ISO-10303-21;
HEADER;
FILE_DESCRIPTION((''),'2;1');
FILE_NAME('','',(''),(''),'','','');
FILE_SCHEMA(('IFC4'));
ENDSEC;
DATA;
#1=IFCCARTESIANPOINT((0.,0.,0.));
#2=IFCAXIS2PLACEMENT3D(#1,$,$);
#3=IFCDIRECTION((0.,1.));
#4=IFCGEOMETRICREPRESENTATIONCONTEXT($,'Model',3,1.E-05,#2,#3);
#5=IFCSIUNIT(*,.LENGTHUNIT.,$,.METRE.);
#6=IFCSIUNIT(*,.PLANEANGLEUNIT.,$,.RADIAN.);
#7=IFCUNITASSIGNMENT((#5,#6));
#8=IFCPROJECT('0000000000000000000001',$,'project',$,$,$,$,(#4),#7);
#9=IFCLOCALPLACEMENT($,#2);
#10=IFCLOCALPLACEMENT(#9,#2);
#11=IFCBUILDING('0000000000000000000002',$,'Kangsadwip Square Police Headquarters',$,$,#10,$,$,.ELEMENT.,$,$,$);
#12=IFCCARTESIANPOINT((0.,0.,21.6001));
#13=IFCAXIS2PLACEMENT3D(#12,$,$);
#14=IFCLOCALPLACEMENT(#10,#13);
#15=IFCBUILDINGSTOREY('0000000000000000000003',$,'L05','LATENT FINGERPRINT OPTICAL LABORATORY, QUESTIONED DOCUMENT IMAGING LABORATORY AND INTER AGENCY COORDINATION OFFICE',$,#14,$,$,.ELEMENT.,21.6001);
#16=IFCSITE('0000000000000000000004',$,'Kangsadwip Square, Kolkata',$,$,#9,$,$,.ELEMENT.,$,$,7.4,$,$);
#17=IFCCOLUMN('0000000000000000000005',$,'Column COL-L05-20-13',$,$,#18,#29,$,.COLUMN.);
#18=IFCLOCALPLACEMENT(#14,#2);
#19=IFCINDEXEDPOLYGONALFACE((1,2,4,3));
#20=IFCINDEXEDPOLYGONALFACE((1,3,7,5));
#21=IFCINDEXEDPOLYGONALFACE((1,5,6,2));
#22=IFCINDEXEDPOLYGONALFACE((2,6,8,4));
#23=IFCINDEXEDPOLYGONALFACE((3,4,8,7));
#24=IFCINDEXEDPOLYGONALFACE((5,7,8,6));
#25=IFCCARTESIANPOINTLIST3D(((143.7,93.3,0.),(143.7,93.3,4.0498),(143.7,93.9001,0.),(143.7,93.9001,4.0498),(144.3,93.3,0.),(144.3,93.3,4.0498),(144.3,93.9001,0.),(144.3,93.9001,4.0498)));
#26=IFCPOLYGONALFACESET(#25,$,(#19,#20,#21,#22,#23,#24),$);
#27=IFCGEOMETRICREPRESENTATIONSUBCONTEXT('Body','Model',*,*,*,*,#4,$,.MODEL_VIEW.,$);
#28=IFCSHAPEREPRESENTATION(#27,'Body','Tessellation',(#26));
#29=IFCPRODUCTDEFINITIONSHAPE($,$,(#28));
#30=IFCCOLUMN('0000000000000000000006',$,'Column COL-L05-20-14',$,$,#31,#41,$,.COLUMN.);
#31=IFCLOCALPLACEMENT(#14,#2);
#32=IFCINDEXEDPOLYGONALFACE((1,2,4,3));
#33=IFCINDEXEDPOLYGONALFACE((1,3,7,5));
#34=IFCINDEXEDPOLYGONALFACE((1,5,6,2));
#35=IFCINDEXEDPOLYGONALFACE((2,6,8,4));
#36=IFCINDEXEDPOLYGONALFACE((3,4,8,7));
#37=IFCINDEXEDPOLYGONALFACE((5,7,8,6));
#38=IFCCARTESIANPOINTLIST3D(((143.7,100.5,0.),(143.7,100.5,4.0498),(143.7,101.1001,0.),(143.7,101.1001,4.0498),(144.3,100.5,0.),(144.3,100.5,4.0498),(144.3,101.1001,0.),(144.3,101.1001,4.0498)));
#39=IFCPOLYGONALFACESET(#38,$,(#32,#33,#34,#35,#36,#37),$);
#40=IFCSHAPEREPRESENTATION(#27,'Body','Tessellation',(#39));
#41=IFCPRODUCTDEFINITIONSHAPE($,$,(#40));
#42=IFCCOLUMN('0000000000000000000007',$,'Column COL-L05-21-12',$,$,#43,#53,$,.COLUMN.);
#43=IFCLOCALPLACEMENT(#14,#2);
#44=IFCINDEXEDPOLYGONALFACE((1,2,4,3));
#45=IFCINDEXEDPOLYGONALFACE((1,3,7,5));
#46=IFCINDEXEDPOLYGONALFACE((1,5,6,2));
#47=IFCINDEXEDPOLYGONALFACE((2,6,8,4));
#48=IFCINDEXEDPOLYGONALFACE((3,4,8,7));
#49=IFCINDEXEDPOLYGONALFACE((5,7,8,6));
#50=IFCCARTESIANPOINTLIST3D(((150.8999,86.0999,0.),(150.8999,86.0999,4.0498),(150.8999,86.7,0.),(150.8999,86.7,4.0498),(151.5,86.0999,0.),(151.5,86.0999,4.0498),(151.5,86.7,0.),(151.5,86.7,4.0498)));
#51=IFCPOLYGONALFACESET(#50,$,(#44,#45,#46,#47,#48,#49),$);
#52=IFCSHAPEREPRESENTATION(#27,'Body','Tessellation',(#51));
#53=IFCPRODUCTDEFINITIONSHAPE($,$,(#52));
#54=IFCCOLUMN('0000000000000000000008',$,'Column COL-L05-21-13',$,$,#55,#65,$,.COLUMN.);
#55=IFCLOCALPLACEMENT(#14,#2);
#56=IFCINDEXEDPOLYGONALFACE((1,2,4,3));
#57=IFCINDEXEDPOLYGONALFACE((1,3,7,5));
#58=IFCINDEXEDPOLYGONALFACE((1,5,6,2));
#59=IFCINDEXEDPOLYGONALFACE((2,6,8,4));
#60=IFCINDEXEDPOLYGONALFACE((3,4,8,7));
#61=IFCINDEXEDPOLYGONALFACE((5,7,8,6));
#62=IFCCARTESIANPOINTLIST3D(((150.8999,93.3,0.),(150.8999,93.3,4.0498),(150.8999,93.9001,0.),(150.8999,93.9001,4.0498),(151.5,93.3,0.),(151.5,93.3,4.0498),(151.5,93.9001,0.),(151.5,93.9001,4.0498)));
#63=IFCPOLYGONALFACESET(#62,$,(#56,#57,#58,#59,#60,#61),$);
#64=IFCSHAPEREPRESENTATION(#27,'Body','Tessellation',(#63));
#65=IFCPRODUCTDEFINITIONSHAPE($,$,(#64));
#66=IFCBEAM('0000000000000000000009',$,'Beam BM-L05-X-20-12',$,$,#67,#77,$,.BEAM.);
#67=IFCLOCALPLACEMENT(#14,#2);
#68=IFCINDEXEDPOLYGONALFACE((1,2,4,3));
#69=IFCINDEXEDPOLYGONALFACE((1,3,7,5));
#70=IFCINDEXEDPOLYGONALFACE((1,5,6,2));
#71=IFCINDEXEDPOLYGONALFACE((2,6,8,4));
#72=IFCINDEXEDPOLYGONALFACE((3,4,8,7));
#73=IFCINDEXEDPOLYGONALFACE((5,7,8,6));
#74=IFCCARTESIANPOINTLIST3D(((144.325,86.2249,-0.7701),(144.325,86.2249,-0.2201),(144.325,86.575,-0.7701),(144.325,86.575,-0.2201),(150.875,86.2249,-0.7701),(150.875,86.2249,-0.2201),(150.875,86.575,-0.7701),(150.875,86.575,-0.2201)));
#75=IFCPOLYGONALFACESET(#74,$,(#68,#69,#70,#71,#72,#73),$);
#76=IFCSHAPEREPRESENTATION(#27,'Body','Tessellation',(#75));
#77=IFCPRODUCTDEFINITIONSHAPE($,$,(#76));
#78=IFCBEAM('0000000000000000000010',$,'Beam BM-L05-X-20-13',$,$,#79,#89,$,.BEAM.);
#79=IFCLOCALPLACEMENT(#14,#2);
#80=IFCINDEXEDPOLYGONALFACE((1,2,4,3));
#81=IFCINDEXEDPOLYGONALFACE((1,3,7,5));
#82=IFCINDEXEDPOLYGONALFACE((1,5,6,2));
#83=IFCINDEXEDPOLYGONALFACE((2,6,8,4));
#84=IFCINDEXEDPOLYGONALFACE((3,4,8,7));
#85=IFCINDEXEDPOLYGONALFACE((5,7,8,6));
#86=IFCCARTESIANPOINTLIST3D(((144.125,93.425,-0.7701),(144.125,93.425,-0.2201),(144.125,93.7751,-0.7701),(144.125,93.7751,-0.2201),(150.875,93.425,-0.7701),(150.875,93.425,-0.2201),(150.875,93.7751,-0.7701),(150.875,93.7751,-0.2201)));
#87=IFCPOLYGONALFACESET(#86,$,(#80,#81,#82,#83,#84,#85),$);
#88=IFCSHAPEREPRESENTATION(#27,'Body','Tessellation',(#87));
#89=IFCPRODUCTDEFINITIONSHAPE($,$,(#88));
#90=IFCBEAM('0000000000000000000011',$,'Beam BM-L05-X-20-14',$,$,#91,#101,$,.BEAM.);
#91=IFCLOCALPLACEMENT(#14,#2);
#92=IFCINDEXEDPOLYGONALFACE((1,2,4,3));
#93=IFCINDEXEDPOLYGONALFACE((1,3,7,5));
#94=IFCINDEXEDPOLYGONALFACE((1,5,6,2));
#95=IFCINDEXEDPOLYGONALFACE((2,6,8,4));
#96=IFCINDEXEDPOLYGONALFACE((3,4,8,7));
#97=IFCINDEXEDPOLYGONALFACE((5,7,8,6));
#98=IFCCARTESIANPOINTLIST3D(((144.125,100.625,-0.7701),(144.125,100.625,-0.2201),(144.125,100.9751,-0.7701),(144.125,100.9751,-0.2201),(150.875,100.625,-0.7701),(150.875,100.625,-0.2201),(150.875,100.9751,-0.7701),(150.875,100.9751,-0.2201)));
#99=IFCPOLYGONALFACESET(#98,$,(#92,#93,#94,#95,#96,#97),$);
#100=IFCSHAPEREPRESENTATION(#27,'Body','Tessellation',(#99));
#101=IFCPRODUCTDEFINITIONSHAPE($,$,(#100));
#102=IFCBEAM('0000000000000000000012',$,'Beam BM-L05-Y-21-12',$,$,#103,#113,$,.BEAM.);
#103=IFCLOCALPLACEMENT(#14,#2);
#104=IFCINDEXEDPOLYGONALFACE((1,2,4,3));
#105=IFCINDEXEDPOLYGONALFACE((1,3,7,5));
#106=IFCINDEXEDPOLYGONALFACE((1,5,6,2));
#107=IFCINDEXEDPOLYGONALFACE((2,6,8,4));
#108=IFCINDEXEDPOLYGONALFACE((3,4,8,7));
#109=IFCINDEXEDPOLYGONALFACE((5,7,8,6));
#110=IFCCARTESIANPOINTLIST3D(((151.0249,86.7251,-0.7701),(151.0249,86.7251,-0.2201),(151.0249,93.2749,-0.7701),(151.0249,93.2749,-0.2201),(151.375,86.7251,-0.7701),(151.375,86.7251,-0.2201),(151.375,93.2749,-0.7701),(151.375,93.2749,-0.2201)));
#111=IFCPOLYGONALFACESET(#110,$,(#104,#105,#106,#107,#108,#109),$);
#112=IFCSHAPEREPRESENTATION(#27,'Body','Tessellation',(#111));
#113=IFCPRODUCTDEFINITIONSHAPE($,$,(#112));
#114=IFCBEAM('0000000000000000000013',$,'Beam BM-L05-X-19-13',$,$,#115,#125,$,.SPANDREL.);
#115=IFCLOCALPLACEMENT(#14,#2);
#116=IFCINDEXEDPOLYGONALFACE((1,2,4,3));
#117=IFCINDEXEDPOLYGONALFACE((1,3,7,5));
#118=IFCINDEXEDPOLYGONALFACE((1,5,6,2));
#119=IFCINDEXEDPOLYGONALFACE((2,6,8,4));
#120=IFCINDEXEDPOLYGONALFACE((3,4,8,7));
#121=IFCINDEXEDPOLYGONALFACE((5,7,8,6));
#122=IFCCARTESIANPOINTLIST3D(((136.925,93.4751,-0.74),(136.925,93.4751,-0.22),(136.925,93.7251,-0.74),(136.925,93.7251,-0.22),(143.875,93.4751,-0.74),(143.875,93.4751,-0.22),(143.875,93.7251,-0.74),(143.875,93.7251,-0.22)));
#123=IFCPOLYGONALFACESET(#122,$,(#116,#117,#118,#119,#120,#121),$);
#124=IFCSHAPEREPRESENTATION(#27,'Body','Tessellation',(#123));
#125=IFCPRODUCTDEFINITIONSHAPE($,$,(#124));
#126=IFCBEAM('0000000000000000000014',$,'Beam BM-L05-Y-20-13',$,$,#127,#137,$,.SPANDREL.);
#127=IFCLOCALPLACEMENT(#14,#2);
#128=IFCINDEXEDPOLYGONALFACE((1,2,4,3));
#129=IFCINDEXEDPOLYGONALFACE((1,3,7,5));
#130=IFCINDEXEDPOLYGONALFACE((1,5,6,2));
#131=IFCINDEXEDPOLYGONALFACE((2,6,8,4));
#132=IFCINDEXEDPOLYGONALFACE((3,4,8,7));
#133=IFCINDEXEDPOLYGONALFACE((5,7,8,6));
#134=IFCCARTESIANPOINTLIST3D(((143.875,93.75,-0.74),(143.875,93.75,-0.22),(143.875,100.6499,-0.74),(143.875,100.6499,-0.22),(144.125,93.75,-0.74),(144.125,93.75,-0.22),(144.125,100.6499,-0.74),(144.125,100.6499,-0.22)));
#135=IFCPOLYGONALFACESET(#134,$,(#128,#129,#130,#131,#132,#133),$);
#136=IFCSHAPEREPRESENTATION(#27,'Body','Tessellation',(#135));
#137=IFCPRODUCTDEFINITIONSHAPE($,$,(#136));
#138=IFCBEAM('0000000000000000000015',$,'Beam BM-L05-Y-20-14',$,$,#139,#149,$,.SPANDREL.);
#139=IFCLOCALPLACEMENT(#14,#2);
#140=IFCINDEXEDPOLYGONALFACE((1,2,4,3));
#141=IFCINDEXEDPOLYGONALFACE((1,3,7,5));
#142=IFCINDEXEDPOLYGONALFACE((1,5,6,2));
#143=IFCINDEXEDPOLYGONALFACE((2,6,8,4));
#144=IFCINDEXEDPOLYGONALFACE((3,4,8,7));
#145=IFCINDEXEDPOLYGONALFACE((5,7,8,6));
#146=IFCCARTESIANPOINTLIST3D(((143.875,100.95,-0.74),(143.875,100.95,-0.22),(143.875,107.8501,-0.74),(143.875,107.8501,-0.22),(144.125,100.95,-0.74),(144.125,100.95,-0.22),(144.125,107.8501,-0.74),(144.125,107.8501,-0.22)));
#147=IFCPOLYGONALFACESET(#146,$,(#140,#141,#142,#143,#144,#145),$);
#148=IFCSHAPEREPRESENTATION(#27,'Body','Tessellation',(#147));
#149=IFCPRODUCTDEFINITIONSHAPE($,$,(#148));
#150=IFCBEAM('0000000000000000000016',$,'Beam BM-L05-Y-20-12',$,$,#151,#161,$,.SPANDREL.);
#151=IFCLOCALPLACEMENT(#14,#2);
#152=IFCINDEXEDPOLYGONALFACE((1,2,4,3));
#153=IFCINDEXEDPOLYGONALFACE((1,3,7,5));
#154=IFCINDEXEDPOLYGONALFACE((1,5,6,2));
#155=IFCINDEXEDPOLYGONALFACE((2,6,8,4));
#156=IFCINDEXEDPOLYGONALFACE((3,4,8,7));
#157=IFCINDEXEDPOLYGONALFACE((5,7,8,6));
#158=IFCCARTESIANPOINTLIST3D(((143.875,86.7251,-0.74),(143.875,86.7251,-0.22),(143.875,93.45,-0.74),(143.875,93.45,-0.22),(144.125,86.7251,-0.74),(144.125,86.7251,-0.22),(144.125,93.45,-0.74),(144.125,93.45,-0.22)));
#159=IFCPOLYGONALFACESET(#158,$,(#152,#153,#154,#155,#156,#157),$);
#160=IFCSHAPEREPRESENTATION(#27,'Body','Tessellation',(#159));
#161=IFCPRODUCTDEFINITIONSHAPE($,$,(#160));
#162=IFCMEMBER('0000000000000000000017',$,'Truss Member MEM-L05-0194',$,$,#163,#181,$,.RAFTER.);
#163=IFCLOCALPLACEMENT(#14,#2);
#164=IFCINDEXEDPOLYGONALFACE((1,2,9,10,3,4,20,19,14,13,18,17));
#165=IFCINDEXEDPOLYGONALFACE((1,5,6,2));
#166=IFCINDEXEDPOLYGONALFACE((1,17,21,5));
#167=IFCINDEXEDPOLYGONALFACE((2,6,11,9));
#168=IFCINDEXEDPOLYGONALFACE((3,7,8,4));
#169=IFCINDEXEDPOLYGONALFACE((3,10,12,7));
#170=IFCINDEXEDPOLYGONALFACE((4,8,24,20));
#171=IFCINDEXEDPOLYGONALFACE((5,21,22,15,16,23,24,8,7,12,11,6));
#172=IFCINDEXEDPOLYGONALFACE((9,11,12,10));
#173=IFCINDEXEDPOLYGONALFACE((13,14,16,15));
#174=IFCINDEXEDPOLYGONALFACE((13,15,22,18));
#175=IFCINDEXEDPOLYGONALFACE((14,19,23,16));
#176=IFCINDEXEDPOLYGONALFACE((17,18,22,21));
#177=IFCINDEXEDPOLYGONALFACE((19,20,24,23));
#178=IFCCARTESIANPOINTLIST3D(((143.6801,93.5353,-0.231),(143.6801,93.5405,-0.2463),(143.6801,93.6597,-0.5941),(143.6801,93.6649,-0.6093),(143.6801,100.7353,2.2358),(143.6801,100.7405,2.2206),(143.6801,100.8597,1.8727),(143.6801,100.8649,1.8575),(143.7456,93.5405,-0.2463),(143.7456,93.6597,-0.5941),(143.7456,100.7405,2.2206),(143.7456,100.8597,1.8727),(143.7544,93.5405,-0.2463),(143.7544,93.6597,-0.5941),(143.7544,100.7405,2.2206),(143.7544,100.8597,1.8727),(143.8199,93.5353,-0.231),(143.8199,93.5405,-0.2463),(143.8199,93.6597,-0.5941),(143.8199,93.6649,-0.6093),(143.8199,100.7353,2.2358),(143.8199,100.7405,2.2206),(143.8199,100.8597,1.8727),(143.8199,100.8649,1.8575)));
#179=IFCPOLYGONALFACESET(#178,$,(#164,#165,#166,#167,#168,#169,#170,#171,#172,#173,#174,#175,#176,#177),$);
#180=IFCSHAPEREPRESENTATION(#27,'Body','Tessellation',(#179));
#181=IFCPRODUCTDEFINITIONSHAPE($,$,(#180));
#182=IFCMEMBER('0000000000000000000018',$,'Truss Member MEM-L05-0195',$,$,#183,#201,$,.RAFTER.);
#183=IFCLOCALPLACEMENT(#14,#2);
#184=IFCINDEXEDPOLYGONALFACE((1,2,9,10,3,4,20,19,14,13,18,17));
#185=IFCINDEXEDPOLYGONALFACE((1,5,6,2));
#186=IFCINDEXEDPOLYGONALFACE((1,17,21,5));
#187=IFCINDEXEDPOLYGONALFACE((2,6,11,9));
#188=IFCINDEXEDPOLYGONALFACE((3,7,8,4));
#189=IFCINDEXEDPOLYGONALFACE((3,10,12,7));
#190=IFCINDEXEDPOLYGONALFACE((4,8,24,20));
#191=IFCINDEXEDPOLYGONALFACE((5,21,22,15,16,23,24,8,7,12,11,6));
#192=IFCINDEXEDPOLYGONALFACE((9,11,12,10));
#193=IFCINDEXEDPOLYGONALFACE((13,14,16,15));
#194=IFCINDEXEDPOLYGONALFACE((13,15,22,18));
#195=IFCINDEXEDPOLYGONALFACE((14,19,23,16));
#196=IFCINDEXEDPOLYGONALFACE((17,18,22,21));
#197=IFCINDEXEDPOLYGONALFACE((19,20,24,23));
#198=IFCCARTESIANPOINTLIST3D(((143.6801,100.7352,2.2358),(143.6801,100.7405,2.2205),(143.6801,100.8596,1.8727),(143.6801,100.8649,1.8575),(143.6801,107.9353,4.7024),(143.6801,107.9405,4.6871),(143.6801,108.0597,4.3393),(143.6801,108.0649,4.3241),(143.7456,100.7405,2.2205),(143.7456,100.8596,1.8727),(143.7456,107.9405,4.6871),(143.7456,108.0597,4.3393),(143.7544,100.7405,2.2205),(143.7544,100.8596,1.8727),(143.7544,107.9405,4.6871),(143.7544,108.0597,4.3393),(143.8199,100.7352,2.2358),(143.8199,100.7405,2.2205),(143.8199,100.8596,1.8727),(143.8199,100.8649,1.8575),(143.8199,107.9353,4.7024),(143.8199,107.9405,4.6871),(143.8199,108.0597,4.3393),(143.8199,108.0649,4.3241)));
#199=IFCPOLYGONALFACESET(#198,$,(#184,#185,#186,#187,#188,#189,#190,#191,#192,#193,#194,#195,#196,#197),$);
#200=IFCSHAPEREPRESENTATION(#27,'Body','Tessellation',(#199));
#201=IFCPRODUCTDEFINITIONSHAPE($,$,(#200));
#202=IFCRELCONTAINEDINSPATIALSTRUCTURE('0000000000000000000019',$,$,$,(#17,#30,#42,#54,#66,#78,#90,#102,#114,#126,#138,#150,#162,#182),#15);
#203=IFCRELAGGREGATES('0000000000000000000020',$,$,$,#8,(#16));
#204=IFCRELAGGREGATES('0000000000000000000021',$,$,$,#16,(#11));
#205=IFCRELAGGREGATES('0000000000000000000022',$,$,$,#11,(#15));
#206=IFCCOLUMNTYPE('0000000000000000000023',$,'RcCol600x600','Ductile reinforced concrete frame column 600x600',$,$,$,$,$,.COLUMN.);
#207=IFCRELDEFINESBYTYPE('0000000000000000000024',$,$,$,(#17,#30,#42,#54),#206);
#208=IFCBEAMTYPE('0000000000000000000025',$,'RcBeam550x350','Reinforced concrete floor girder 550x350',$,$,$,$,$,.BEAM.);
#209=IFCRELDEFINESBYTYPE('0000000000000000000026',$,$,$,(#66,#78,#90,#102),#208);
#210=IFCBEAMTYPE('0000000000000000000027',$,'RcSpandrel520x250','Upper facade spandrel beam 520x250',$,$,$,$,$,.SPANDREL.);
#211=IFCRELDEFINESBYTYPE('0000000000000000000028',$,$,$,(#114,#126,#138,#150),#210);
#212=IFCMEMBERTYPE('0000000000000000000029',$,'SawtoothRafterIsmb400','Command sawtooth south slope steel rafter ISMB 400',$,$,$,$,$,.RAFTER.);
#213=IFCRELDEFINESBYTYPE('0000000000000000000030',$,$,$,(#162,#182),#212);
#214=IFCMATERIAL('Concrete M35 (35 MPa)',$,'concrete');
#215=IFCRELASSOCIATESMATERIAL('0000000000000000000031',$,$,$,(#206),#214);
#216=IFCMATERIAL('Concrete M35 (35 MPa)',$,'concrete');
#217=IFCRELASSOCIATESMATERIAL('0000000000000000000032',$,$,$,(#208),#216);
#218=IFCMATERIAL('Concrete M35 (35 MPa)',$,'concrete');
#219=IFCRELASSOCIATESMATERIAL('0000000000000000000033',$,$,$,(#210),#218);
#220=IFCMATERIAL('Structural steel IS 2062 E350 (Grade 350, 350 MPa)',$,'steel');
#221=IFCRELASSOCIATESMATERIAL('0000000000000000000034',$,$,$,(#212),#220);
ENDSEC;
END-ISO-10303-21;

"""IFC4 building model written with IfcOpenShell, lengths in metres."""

from ifc_helpers import new_model, si_unit, direction, frame, origin, origin_2d, place, context, subcontext, project, spatial, rectangle, i_section, extrude, material, material_profile, profile_set, type_object, element, save


model = new_model("IFC4")

# Units and contexts
model_context = context("Model", 3, precision=1e-05, world=origin(), true_north=direction((0.0, 1.0)))
body_context = subcontext(model_context, "Body", "Model", "MODEL_VIEW")
ifc_project = project(units=[si_unit("LENGTHUNIT", "METRE"), si_unit("PLANEANGLEUNIT", "RADIAN")], contexts=[model_context])

# Site, building, storey
site_placement = place(None, origin())
site = spatial("IfcSite", under=ifc_project, at=site_placement, Name="Kangsadwip Square, Kolkata", CompositionType="ELEMENT", RefElevation=7.4)
building_placement = place(site_placement, origin())
building = spatial("IfcBuilding", under=site, at=building_placement, Name="Kangsadwip Square Police Headquarters", CompositionType="ELEMENT")
storey_placement = place(building_placement, frame((0.0, 0.0, 21.6001)))
storey = spatial("IfcBuildingStorey", under=building, at=storey_placement, Name="L05", Description="LATENT FINGERPRINT OPTICAL LABORATORY, QUESTIONED DOCUMENT IMAGING LABORATORY AND INTER AGENCY COORDINATION OFFICE", CompositionType="ELEMENT", Elevation=21.6001)

# Columns
ifc_material_1 = material(Name="Concrete M35 (35 MPa)", Category="concrete")
ifc_material_profile_1 = material_profile(ifc_material_1, rectangle(XDim=0.6001, YDim=0.6001, at=origin_2d()), Name="RC COL 600X600")
ifc_profile_set_1 = profile_set([ifc_material_profile_1], Name="Concrete M35 (35 MPa)")
column_type = type_object("IfcColumnType", Name="RcCol600x600", Description="Ductile reinforced concrete frame column 600x600", PredefinedType="COLUMN", material=ifc_profile_set_1)
for number, where, z_axis, x_axis, name in (
    (1, (144.0, 93.6001, 0.0), (0.0, 0.0, 1.0), (1.0, 0.0, 0.0), "Column COL-L05-20-13"),
    (2, (144.0, 100.8, 0.0), (0.0, 0.0, 1.0), (1.0, 0.0, 0.0), "Column COL-L05-20-14"),
    (3, (151.2, 86.3999, 0.0), (0.0, 0.0, 1.0), (1.0, 0.0, 0.0), "Column COL-L05-21-12"),
    (4, (151.2, 93.6001, 0.0), (0.0, 0.0, 1.0), (1.0, 0.0, 0.0), "Column COL-L05-21-13"),
):
    element("IfcColumn", number, at=place(storey_placement, frame(where, z_axis=z_axis, x_axis=x_axis)), inside=storey, type_object=column_type, Name=name, PredefinedType="COLUMN", context=body_context, shape_type="SweptSolid", body=[
        extrude(rectangle(XDim=0.6001, YDim=0.6001, at=origin_2d()), origin(), (0.0, 0.0, 1.0), 4.0498),
    ])

# Beams
ifc_material_2 = material(Name="Concrete M35 (35 MPa)", Category="concrete")
ifc_material_profile_2 = material_profile(ifc_material_2, rectangle(XDim=0.3501, YDim=0.55, at=origin_2d()), Name="RC BM 550X350")
ifc_profile_set_2 = profile_set([ifc_material_profile_2], Name="Concrete M35 (35 MPa)")
beam_type_1 = type_object("IfcBeamType", Name="RcBeam550x350", Description="Reinforced concrete floor girder 550x350", PredefinedType="BEAM", material=ifc_profile_set_2)
beam_1_placement = place(storey_placement, frame((144.325, 86.3999, -0.4951), z_axis=(1.0, 0.0, 0.0), x_axis=(0.0, 1.0, 0.0)))
element("IfcBeam", 5, at=beam_1_placement, inside=storey, type_object=beam_type_1, Name="Beam BM-L05-X-20-12", PredefinedType="BEAM", context=body_context, shape_type="SweptSolid", body=[
    extrude(rectangle(XDim=0.3501, YDim=0.55, at=origin_2d()), origin(), (0.0, 0.0, 1.0), 6.55),
])
for number, where, z_axis, x_axis, name in (
    (6, (144.125, 93.6001, -0.4951), (1.0, 0.0, 0.0), (0.0, 1.0, 0.0), "Beam BM-L05-X-20-13"),
    (7, (144.125, 100.8, -0.4951), (1.0, 0.0, 0.0), (0.0, 1.0, 0.0), "Beam BM-L05-X-20-14"),
):
    element("IfcBeam", number, at=place(storey_placement, frame(where, z_axis=z_axis, x_axis=x_axis)), inside=storey, type_object=beam_type_1, Name=name, PredefinedType="BEAM", context=body_context, shape_type="SweptSolid", body=[
        extrude(rectangle(XDim=0.3501, YDim=0.55, at=origin_2d()), origin(), (0.0, 0.0, 1.0), 6.75),
    ])
beam_2_placement = place(storey_placement, frame((151.2, 86.7251, -0.4951), z_axis=(0.0, 1.0, 0.0), x_axis=(-1.0, 0.0, 0.0)))
element("IfcBeam", 8, at=beam_2_placement, inside=storey, type_object=beam_type_1, Name="Beam BM-L05-Y-21-12", PredefinedType="BEAM", context=body_context, shape_type="SweptSolid", body=[
    extrude(rectangle(XDim=0.3501, YDim=0.55, at=origin_2d()), origin(), (0.0, 0.0, 1.0), 6.5498),
])
ifc_material_3 = material(Name="Concrete M35 (35 MPa)", Category="concrete")
ifc_material_profile_3 = material_profile(ifc_material_3, rectangle(XDim=0.25, YDim=0.52, at=origin_2d()), Name="RC SPN 520X250")
ifc_profile_set_3 = profile_set([ifc_material_profile_3], Name="Concrete M35 (35 MPa)")
beam_type_2 = type_object("IfcBeamType", Name="RcSpandrel520x250", Description="Upper facade spandrel beam 520x250", PredefinedType="SPANDREL", material=ifc_profile_set_3)
beam_3_placement = place(storey_placement, frame((136.925, 93.6001, -0.48), z_axis=(1.0, 0.0, 0.0), x_axis=(0.0, 1.0, 0.0)))
element("IfcBeam", 9, at=beam_3_placement, inside=storey, type_object=beam_type_2, Name="Beam BM-L05-X-19-13", PredefinedType="SPANDREL", context=body_context, shape_type="SweptSolid", body=[
    extrude(rectangle(XDim=0.25, YDim=0.52, at=origin_2d()), origin(), (0.0, 0.0, 1.0), 6.95),
])
beam_4_placement = place(storey_placement, frame((144.0, 93.75, -0.48), z_axis=(0.0, 1.0, 0.0), x_axis=(-1.0, 0.0, 0.0)))
element("IfcBeam", 10, at=beam_4_placement, inside=storey, type_object=beam_type_2, Name="Beam BM-L05-Y-20-13", PredefinedType="SPANDREL", context=body_context, shape_type="SweptSolid", body=[
    extrude(rectangle(XDim=0.25, YDim=0.52, at=origin_2d()), origin(), (0.0, 0.0, 1.0), 6.8999),
])
beam_5_placement = place(storey_placement, frame((144.0, 100.95, -0.48), z_axis=(0.0, 1.0, 0.0), x_axis=(-1.0, 0.0, 0.0)))
element("IfcBeam", 11, at=beam_5_placement, inside=storey, type_object=beam_type_2, Name="Beam BM-L05-Y-20-14", PredefinedType="SPANDREL", context=body_context, shape_type="SweptSolid", body=[
    extrude(rectangle(XDim=0.25, YDim=0.52, at=origin_2d()), origin(), (0.0, 0.0, 1.0), 6.9001),
])
beam_6_placement = place(storey_placement, frame((144.0, 86.7251, -0.48), z_axis=(0.0, 1.0, 0.0), x_axis=(-1.0, 0.0, 0.0)))
element("IfcBeam", 12, at=beam_6_placement, inside=storey, type_object=beam_type_2, Name="Beam BM-L05-Y-20-12", PredefinedType="SPANDREL", context=body_context, shape_type="SweptSolid", body=[
    extrude(rectangle(XDim=0.25, YDim=0.52, at=origin_2d()), origin(), (0.0, 0.0, 1.0), 6.7249),
])

# Members
ifc_material_4 = material(Name="Structural steel IS 2062 E350 (Grade 350, 350 MPa)", Category="steel")
ifc_material_profile_4 = material_profile(ifc_material_4, i_section(OverallWidth=0.1399, OverallDepth=0.3999, WebThickness=0.0088, FlangeThickness=0.0161, at=origin_2d()), Name="ISMB 400")
ifc_profile_set_4 = profile_set([ifc_material_profile_4], Name="Structural steel IS 2062 E350 (Grade 350, 350 MPa)")
member_type = type_object("IfcMemberType", Name="SawtoothRafterIsmb400", Description="Command sawtooth south slope steel rafter ISMB 400", PredefinedType="RAFTER", material=ifc_profile_set_4)
for number, where, z_axis, x_axis, name in (
    (13, (143.75, 93.6001, -0.4202), (0.0, 0.946017, 0.324118), (-1.0, 0.0, 0.0), "Truss Member MEM-L05-0194"),
    (14, (143.75, 100.8, 2.0466), (0.0, 0.946027, 0.324089), (-1.0, 0.0, 0.0), "Truss Member MEM-L05-0195"),
):
    element("IfcMember", number, at=place(storey_placement, frame(where, z_axis=z_axis, x_axis=x_axis)), inside=storey, type_object=member_type, Name=name, PredefinedType="RAFTER", context=body_context, shape_type="SweptSolid", body=[
        extrude(i_section(OverallWidth=0.1399, OverallDepth=0.3999, WebThickness=0.0088, FlangeThickness=0.0161, at=origin_2d()), origin(), (0.0, 0.0, 1.0), 7.6108),
    ])

save(model, "model.ifc")
